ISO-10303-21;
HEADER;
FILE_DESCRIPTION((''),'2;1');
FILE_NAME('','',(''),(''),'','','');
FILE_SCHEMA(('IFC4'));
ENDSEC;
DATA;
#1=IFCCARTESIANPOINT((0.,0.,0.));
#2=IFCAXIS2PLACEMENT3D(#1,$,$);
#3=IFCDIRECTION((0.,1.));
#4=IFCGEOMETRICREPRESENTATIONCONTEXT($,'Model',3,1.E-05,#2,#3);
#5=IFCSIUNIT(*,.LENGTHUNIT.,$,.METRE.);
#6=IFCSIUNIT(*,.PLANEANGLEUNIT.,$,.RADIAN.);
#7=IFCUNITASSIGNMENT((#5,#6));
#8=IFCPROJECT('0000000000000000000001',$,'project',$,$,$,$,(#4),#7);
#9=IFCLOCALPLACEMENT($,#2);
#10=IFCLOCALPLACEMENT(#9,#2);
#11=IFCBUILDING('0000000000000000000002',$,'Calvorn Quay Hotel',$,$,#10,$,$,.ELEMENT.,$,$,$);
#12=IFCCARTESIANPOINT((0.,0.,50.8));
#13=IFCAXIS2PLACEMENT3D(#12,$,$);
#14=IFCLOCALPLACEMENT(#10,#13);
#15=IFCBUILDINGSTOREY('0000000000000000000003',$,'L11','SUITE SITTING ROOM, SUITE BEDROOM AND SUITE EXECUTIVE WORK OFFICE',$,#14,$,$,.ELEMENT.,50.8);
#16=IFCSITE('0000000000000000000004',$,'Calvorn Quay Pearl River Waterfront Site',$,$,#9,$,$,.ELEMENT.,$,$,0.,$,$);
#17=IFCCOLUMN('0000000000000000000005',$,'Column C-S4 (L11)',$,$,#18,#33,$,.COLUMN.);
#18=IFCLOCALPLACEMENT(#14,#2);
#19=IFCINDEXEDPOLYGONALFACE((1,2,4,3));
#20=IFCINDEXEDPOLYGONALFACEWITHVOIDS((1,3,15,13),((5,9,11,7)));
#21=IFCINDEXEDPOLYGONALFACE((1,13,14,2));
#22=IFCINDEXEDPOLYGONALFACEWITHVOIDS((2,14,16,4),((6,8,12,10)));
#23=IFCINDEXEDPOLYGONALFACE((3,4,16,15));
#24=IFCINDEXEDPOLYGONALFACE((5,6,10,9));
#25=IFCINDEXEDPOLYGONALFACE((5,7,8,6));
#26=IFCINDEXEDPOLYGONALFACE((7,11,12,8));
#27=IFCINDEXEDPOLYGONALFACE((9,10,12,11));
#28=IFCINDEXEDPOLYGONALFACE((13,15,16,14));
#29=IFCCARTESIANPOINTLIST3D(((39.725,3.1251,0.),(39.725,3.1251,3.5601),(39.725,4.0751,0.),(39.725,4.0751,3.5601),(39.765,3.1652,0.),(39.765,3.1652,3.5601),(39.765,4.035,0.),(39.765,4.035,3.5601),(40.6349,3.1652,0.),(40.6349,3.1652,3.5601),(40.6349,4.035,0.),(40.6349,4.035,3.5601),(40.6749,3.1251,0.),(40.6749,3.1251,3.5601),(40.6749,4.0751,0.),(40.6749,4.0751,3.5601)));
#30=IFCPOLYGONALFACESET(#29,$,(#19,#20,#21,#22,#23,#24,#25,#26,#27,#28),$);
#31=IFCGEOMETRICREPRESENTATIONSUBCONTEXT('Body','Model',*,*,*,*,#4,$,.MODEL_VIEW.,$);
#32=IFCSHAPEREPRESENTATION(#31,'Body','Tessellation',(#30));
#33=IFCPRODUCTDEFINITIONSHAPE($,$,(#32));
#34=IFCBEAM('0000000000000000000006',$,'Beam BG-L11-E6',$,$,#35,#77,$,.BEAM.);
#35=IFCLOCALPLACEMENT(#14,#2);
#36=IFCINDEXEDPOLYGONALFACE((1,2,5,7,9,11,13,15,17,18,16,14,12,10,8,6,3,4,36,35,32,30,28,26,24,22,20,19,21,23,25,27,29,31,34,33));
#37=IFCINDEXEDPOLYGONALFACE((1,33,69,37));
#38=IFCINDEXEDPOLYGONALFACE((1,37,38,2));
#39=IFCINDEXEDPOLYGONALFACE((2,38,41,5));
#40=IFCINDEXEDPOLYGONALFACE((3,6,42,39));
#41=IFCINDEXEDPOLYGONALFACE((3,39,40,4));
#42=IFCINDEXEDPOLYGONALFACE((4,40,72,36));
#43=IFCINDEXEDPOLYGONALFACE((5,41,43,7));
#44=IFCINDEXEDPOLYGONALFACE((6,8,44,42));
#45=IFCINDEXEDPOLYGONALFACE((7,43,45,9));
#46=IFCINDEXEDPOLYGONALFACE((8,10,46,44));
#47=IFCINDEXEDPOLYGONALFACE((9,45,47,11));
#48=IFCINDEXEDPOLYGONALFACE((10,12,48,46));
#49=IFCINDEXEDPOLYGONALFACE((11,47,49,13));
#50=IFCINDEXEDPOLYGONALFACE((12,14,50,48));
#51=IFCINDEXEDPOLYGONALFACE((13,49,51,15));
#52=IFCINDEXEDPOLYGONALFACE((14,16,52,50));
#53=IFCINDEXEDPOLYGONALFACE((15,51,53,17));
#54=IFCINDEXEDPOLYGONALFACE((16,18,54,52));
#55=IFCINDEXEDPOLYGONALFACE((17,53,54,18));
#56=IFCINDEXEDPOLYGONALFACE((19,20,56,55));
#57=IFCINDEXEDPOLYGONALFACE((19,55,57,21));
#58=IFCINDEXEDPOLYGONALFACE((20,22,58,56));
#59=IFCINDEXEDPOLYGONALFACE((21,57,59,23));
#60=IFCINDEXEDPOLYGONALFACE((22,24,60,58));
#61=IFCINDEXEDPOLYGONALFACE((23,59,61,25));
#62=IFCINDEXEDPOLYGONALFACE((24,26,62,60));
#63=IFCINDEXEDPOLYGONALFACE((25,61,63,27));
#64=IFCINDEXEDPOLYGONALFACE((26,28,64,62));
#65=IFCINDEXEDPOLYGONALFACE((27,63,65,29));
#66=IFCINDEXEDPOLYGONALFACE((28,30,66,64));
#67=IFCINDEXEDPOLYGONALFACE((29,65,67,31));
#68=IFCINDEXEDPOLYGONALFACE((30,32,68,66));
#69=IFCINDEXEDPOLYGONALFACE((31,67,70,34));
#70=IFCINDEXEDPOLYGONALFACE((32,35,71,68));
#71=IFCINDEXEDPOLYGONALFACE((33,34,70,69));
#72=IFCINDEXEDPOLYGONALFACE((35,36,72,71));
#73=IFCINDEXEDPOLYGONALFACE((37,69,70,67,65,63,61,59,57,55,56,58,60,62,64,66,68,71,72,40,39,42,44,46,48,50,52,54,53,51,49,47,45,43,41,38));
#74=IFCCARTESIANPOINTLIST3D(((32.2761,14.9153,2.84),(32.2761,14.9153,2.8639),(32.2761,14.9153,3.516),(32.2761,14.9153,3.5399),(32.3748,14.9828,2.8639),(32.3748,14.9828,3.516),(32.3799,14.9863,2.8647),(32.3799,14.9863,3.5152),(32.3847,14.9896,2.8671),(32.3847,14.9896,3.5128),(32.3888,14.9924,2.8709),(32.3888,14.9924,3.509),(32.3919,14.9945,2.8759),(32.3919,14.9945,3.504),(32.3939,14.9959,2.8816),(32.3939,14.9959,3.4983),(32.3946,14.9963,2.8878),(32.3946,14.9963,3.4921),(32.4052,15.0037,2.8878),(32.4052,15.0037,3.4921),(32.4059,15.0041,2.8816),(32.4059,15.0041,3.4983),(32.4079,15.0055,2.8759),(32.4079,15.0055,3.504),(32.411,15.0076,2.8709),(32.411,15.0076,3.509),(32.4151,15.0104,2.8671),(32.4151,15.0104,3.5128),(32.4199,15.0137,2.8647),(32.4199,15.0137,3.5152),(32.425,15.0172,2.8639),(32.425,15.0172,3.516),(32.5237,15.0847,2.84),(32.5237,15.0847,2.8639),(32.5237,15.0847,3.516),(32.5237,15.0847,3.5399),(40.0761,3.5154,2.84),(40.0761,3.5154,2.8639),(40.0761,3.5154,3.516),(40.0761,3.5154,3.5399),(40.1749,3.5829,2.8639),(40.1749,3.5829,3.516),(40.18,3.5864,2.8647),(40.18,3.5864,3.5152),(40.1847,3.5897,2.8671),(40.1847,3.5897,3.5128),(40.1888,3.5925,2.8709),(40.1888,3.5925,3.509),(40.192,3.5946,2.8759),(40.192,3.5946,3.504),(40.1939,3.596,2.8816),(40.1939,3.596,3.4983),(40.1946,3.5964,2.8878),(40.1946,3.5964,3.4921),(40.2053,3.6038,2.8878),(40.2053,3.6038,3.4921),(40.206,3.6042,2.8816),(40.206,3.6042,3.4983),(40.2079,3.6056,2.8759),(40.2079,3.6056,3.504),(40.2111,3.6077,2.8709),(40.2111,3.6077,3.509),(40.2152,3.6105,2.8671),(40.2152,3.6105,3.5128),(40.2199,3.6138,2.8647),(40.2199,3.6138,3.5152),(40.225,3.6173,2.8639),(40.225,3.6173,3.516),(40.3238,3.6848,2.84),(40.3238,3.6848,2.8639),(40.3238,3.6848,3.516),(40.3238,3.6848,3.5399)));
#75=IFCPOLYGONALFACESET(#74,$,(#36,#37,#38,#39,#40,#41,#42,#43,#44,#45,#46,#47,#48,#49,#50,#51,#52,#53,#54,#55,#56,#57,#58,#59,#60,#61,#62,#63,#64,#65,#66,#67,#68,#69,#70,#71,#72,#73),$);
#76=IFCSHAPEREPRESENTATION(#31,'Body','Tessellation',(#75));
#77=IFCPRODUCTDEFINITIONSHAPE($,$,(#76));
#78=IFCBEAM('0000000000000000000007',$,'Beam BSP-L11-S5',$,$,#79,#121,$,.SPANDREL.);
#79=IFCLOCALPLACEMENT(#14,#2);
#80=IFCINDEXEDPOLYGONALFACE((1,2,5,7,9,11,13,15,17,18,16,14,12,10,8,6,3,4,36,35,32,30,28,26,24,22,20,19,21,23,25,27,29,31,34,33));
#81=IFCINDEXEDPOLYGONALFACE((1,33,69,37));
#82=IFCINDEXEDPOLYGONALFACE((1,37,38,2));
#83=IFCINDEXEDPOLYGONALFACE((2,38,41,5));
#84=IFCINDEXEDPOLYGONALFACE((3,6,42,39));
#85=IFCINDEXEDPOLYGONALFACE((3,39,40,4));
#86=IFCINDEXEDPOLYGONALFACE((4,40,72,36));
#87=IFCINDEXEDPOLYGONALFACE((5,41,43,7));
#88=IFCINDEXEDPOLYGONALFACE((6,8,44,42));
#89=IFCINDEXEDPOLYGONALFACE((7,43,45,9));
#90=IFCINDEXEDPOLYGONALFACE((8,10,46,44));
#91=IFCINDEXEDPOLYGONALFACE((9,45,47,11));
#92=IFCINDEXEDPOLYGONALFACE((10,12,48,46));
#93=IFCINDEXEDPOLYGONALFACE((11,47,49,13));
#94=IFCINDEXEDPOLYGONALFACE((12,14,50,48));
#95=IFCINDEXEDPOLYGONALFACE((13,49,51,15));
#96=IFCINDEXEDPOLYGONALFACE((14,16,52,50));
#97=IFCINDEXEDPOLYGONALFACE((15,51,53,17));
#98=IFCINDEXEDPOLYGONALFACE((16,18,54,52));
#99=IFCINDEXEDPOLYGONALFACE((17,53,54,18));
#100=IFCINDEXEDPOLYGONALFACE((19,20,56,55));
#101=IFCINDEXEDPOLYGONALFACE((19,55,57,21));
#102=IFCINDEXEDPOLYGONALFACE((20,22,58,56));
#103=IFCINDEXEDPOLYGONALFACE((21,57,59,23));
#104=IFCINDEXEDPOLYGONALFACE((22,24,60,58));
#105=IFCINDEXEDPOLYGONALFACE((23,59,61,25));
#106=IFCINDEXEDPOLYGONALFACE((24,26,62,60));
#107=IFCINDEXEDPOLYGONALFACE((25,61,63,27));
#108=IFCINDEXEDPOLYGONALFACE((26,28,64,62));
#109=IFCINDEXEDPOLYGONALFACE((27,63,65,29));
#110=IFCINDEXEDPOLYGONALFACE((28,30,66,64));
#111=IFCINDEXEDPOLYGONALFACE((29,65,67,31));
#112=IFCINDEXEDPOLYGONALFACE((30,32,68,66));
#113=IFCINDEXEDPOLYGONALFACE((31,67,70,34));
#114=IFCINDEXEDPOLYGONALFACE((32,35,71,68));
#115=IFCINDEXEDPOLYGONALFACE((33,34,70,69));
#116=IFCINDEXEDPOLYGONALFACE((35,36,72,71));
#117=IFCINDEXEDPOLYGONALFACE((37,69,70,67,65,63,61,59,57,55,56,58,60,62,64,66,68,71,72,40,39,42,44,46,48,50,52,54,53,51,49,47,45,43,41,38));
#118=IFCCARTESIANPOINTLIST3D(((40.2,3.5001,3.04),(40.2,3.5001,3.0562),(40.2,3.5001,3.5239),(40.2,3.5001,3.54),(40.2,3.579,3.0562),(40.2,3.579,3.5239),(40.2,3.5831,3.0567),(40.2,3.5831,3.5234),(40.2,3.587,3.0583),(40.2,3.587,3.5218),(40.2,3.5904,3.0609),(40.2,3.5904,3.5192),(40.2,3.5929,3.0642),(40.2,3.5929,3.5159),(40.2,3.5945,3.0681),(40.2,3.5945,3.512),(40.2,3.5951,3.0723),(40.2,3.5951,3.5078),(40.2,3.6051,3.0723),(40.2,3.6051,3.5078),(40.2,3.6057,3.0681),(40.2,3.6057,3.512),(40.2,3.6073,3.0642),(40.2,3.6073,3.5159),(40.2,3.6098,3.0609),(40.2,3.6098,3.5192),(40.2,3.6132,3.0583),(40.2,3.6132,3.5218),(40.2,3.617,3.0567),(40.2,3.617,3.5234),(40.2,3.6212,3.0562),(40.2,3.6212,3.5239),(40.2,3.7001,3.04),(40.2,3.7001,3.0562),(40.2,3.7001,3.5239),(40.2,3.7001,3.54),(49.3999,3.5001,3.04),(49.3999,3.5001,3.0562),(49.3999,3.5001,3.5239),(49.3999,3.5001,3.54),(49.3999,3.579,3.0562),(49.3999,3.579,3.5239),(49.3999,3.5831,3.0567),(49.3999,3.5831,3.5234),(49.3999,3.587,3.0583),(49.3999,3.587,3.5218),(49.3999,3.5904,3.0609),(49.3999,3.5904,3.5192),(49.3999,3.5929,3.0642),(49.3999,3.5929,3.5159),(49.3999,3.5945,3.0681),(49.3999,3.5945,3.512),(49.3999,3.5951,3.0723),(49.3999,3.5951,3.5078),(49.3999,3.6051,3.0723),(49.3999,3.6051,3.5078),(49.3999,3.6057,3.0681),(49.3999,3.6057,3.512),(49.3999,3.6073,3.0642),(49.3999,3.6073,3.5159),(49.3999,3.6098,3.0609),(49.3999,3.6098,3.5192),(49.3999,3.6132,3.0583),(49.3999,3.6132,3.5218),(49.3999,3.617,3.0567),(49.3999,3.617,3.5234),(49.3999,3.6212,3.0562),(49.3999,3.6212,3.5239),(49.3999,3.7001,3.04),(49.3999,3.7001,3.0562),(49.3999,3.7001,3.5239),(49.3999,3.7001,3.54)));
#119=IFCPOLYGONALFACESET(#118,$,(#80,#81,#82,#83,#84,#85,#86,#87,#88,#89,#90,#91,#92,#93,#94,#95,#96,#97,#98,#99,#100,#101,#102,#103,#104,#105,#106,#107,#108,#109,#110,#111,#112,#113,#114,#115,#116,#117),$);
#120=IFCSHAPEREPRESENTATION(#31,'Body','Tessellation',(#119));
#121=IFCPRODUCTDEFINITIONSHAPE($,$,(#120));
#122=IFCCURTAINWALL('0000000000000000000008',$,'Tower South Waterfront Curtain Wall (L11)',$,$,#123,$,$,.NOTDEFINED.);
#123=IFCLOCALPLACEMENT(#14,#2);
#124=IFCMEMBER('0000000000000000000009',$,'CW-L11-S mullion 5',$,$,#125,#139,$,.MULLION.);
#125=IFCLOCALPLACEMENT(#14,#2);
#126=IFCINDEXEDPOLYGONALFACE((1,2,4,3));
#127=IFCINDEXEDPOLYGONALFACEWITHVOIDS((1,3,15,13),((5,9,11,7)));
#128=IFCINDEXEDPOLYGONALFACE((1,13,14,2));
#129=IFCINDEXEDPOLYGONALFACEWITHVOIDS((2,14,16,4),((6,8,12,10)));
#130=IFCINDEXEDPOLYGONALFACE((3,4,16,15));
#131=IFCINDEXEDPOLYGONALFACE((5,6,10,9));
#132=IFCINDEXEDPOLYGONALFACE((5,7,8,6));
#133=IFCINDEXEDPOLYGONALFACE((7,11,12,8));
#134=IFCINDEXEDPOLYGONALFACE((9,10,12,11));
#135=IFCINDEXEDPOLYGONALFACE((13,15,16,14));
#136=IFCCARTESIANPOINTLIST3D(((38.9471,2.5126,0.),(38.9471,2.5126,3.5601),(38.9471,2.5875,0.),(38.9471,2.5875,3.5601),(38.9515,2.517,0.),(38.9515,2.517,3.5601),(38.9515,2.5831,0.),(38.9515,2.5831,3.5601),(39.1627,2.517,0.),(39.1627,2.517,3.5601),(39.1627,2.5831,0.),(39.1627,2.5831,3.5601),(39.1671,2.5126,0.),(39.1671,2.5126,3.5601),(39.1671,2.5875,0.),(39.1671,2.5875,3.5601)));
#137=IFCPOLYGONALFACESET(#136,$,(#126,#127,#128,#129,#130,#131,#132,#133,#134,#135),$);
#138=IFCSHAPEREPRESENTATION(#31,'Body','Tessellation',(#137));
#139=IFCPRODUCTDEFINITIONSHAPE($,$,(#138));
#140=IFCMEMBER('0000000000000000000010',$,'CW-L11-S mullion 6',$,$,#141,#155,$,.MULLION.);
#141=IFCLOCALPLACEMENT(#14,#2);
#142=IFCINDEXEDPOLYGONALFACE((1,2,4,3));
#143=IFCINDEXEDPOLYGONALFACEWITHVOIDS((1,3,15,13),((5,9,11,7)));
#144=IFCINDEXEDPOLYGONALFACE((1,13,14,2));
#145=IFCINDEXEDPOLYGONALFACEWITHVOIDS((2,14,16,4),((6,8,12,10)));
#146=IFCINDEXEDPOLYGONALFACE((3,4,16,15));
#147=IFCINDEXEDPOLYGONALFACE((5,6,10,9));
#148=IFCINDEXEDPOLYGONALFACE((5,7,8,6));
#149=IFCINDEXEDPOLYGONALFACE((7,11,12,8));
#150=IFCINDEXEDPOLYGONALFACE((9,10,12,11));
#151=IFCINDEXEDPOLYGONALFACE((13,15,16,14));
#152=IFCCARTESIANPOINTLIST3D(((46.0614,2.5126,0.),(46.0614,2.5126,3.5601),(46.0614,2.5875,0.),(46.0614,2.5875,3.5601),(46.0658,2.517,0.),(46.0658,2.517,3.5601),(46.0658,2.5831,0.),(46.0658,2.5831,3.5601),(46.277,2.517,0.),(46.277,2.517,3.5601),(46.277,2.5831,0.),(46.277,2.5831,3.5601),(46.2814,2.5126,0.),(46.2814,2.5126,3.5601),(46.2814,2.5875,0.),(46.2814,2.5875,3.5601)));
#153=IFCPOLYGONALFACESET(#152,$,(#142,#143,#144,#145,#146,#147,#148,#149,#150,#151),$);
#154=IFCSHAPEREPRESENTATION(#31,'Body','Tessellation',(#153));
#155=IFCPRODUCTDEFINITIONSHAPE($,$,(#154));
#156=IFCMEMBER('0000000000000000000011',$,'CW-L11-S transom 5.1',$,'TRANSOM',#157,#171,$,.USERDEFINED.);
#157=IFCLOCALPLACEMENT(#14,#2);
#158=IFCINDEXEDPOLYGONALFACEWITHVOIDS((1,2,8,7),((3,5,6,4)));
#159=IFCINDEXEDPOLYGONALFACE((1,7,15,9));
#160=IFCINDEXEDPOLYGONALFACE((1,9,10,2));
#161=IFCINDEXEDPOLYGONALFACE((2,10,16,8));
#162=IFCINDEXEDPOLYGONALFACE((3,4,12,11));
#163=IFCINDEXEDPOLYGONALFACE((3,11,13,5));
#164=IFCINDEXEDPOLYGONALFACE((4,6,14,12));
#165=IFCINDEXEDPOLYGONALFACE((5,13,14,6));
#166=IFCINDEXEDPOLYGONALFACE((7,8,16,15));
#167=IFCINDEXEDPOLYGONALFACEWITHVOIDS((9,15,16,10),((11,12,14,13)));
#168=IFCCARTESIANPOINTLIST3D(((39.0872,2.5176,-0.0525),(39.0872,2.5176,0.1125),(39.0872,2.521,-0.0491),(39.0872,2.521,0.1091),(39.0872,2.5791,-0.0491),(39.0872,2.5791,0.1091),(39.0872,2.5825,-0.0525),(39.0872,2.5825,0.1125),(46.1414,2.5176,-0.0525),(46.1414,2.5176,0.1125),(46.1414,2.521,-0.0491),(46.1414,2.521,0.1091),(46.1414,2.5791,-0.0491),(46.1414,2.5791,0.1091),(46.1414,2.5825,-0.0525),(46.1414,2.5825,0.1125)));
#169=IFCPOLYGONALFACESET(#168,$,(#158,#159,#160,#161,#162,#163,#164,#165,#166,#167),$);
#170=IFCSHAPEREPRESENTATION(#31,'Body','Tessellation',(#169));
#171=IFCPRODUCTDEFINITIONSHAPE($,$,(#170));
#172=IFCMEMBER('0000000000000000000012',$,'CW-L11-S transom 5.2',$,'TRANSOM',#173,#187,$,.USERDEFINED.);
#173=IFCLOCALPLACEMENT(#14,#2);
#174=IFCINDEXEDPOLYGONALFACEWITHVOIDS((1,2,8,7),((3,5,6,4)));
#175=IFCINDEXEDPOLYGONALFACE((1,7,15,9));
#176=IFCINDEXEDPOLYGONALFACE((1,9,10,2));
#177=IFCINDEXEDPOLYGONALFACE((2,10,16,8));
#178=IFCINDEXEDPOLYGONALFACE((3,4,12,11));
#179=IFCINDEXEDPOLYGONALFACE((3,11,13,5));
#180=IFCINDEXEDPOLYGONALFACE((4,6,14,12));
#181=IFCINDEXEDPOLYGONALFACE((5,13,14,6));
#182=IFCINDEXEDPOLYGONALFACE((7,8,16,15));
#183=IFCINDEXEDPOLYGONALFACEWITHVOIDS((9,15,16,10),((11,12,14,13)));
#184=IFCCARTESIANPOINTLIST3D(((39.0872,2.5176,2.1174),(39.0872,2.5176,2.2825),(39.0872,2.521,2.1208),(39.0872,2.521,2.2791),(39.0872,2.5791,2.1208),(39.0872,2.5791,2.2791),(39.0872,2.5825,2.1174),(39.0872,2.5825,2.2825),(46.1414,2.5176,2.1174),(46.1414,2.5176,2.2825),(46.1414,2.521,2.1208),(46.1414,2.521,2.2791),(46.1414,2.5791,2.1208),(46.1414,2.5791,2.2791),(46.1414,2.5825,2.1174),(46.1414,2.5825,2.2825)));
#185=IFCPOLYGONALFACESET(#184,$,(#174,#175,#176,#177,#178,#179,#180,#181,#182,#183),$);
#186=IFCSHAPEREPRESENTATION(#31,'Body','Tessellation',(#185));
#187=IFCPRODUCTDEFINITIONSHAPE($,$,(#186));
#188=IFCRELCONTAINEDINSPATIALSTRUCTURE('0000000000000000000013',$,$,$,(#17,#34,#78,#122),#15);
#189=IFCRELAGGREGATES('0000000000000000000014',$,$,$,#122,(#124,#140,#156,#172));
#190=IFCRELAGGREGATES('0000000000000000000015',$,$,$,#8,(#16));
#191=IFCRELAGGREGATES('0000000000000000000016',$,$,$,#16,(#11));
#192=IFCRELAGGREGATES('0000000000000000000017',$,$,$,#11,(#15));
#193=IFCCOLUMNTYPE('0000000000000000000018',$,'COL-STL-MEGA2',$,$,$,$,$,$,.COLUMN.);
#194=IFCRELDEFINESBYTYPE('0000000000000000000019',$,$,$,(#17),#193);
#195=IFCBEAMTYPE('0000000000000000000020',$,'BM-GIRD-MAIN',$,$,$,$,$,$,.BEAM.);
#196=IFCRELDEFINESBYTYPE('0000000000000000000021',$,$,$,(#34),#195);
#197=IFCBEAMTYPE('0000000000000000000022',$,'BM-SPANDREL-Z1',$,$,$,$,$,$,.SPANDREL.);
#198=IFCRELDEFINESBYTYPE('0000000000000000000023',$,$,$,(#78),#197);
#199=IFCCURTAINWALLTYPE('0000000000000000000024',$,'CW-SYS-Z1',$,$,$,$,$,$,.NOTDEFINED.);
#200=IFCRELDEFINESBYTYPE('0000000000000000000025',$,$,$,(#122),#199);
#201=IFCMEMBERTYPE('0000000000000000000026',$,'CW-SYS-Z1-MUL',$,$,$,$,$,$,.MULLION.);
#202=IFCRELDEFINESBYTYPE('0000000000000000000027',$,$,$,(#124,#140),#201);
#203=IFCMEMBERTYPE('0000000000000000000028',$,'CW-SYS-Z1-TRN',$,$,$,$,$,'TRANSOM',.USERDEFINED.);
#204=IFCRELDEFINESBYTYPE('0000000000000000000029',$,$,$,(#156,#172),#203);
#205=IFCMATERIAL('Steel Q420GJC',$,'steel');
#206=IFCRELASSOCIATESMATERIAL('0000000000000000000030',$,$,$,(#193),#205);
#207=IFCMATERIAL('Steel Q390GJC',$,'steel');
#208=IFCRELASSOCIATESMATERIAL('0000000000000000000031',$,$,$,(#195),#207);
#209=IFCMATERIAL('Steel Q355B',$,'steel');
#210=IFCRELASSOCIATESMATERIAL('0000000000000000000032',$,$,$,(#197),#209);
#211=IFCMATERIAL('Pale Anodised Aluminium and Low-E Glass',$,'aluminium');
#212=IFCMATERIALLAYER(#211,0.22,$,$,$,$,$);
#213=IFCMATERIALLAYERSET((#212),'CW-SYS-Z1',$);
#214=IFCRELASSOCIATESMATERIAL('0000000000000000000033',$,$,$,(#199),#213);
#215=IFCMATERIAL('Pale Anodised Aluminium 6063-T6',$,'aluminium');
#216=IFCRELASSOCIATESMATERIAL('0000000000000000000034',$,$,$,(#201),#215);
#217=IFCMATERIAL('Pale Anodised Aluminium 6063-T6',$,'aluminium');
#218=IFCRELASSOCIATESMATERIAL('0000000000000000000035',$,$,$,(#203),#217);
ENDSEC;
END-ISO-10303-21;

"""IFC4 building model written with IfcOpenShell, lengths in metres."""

from ifc_helpers import new_model, si_unit, direction, frame, origin, origin_2d, place, context, subcontext, project, spatial, hollow_rectangle, i_section, extrude, material, layer, layer_set, material_profile, profile_set, type_object, element, aggregate, save


model = new_model("IFC4")

# Units and contexts
model_context = context("Model", 3, precision=1e-05, world=origin(), true_north=direction((0.0, 1.0)))
body_context = subcontext(model_context, "Body", "Model", "MODEL_VIEW")
ifc_project = project(units=[si_unit("LENGTHUNIT", "METRE"), si_unit("PLANEANGLEUNIT", "RADIAN")], contexts=[model_context])

# Site, building, storey
site_placement = place(None, origin())
site = spatial("IfcSite", under=ifc_project, at=site_placement, Name="Calvorn Quay Pearl River Waterfront Site", CompositionType="ELEMENT", RefElevation=0.0)
building_placement = place(site_placement, origin())
building = spatial("IfcBuilding", under=site, at=building_placement, Name="Calvorn Quay Hotel", CompositionType="ELEMENT")
storey_placement = place(building_placement, frame((0.0, 0.0, 50.8)))
storey = spatial("IfcBuildingStorey", under=building, at=storey_placement, Name="L11", Description="SUITE SITTING ROOM, SUITE BEDROOM AND SUITE EXECUTIVE WORK OFFICE", CompositionType="ELEMENT", Elevation=50.8)

# Column
ifc_material_1 = material(Name="Steel Q420GJC", Category="steel")
ifc_material_profile_1 = material_profile(ifc_material_1, hollow_rectangle(XDim=0.95, YDim=0.95, WallThickness=0.04, at=origin_2d()), Name="BOX950x950x40")
ifc_profile_set_1 = profile_set([ifc_material_profile_1], Name="Steel Q420GJC")
column_type = type_object("IfcColumnType", Name="COL-STL-MEGA2", PredefinedType="COLUMN", material=ifc_profile_set_1)
column_placement = place(storey_placement, frame((40.2, 3.6001, 0.0), z_axis=(0.0, 0.0, 1.0), x_axis=(1.0, 0.0, 0.0)))
element("IfcColumn", 1, at=column_placement, inside=storey, type_object=column_type, Name="Column C-S4 (L11)", PredefinedType="COLUMN", context=body_context, shape_type="SweptSolid", body=[
    extrude(hollow_rectangle(XDim=0.95, YDim=0.95, WallThickness=0.04, at=origin_2d()), origin(), (0.0, 0.0, 1.0), 3.5601),
])

# Beams
ifc_material_2 = material(Name="Steel Q390GJC", Category="steel")
ifc_material_profile_2 = material_profile(ifc_material_2, i_section(OverallWidth=0.3, OverallDepth=0.7, WebThickness=0.0129, FlangeThickness=0.0239, FilletRadius=0.0239, at=origin_2d()), Name="HN700x300x13x24")
ifc_profile_set_2 = profile_set([ifc_material_profile_2], Name="Steel Q390GJC")
beam_type_1 = type_object("IfcBeamType", Name="BM-GIRD-MAIN", PredefinedType="BEAM", material=ifc_profile_set_2)
beam_1_placement = place(storey_placement, frame((40.2, 3.6001, 3.1899), z_axis=(-0.56469, 0.825303, 0.0), x_axis=(-0.825303, -0.56469, 0.0)))
element("IfcBeam", 2, at=beam_1_placement, inside=storey, type_object=beam_type_1, Name="Beam BG-L11-E6", PredefinedType="BEAM", context=body_context, shape_type="SweptSolid", body=[
    extrude(i_section(OverallWidth=0.3, OverallDepth=0.7, WebThickness=0.0129, FlangeThickness=0.0239, FilletRadius=0.0239, at=origin_2d()), origin(), (0.0, 0.0, 1.0), 13.813),
])
ifc_material_3 = material(Name="Steel Q355B", Category="steel")
ifc_material_profile_3 = material_profile(ifc_material_3, i_section(OverallWidth=0.2, OverallDepth=0.5, WebThickness=0.01, FlangeThickness=0.0161, FilletRadius=0.0161, at=origin_2d()), Name="HN500x200x10x16")
ifc_profile_set_3 = profile_set([ifc_material_profile_3], Name="Steel Q355B")
beam_type_2 = type_object("IfcBeamType", Name="BM-SPANDREL-Z1", PredefinedType="SPANDREL", material=ifc_profile_set_3)
beam_2_placement = place(storey_placement, frame((40.2, 3.6001, 3.29), z_axis=(1.0, 0.0, 0.0), x_axis=(0.0, 1.0, 0.0)))
element("IfcBeam", 3, at=beam_2_placement, inside=storey, type_object=beam_type_2, Name="Beam BSP-L11-S5", PredefinedType="SPANDREL", context=body_context, shape_type="SweptSolid", body=[
    extrude(i_section(OverallWidth=0.2, OverallDepth=0.5, WebThickness=0.01, FlangeThickness=0.0161, FilletRadius=0.0161, at=origin_2d()), origin(), (0.0, 0.0, 1.0), 9.2),
])

# Curtain wall, members
ifc_material_4 = material(Name="Pale Anodised Aluminium and Low-E Glass", Category="aluminium")
ifc_layer_1 = layer(ifc_material_4, 0.22)
ifc_layer_set_1 = layer_set([ifc_layer_1], Name="CW-SYS-Z1")
curtain_wall_type = type_object("IfcCurtainWallType", Name="CW-SYS-Z1", PredefinedType="NOTDEFINED", material=ifc_layer_set_1)
curtain_wall_placement = place(storey_placement, origin())
curtain_wall = element("IfcCurtainWall", 4, at=curtain_wall_placement, inside=storey, type_object=curtain_wall_type, Name="Tower South Waterfront Curtain Wall (L11)", PredefinedType="NOTDEFINED")
ifc_material_5 = material(Name="Pale Anodised Aluminium 6063-T6", Category="aluminium")
ifc_material_profile_4 = material_profile(ifc_material_5, hollow_rectangle(XDim=0.075, YDim=0.22, WallThickness=0.0044, at=origin_2d()), Name="ALU-M220x75x4.5")
ifc_profile_set_4 = profile_set([ifc_material_profile_4], Name="Pale Anodised Aluminium 6063-T6")
member_type_1 = type_object("IfcMemberType", Name="CW-SYS-Z1-MUL", PredefinedType="MULLION", material=ifc_profile_set_4)
member_1_placement = place(storey_placement, frame((39.0571, 2.55, 0.0), z_axis=(0.0, 0.0, 1.0), x_axis=(0.0, 1.0, 0.0)))
member_1 = element("IfcMember", 5, at=member_1_placement, type_object=member_type_1, Name="CW-L11-S mullion 5", PredefinedType="MULLION", context=body_context, shape_type="SweptSolid", body=[
    extrude(hollow_rectangle(XDim=0.075, YDim=0.22, WallThickness=0.0044, at=origin_2d()), origin(), (0.0, 0.0, 1.0), 3.5601),
])
member_2_placement = place(storey_placement, frame((46.1714, 2.55, 0.0), z_axis=(0.0, 0.0, 1.0), x_axis=(0.0, 1.0, 0.0)))
member_2 = element("IfcMember", 6, at=member_2_placement, type_object=member_type_1, Name="CW-L11-S mullion 6", PredefinedType="MULLION", context=body_context, shape_type="SweptSolid", body=[
    extrude(hollow_rectangle(XDim=0.075, YDim=0.22, WallThickness=0.0044, at=origin_2d()), origin(), (0.0, 0.0, 1.0), 3.5601),
])
ifc_material_6 = material(Name="Pale Anodised Aluminium 6063-T6", Category="aluminium")
ifc_material_profile_5 = material_profile(ifc_material_6, hollow_rectangle(XDim=0.0649, YDim=0.165, WallThickness=0.0034, at=origin_2d()), Name="ALU-T165x65x3.5")
ifc_profile_set_5 = profile_set([ifc_material_profile_5], Name="Pale Anodised Aluminium 6063-T6")
member_type_2 = type_object("IfcMemberType", Name="CW-SYS-Z1-TRN", ElementType="TRANSOM", PredefinedType="USERDEFINED", material=ifc_profile_set_5)
member_3_placement = place(storey_placement, frame((39.0872, 2.55, 0.03), z_axis=(1.0, 0.0, 0.0), x_axis=(0.0, 1.0, 0.0)))
member_3 = element("IfcMember", 7, at=member_3_placement, type_object=member_type_2, Name="CW-L11-S transom 5.1", ObjectType="TRANSOM", PredefinedType="USERDEFINED", context=body_context, shape_type="SweptSolid", body=[
    extrude(hollow_rectangle(XDim=0.0649, YDim=0.165, WallThickness=0.0034, at=origin_2d()), origin(), (0.0, 0.0, 1.0), 7.0542),
])
member_4_placement = place(storey_placement, frame((39.0872, 2.55, 2.2), z_axis=(1.0, 0.0, 0.0), x_axis=(0.0, 1.0, 0.0)))
member_4 = element("IfcMember", 8, at=member_4_placement, type_object=member_type_2, Name="CW-L11-S transom 5.2", ObjectType="TRANSOM", PredefinedType="USERDEFINED", context=body_context, shape_type="SweptSolid", body=[
    extrude(hollow_rectangle(XDim=0.0649, YDim=0.165, WallThickness=0.0034, at=origin_2d()), origin(), (0.0, 0.0, 1.0), 7.0542),
])
aggregate(curtain_wall, [member_1, member_2, member_3, member_4])

save(model, "model.ifc")
